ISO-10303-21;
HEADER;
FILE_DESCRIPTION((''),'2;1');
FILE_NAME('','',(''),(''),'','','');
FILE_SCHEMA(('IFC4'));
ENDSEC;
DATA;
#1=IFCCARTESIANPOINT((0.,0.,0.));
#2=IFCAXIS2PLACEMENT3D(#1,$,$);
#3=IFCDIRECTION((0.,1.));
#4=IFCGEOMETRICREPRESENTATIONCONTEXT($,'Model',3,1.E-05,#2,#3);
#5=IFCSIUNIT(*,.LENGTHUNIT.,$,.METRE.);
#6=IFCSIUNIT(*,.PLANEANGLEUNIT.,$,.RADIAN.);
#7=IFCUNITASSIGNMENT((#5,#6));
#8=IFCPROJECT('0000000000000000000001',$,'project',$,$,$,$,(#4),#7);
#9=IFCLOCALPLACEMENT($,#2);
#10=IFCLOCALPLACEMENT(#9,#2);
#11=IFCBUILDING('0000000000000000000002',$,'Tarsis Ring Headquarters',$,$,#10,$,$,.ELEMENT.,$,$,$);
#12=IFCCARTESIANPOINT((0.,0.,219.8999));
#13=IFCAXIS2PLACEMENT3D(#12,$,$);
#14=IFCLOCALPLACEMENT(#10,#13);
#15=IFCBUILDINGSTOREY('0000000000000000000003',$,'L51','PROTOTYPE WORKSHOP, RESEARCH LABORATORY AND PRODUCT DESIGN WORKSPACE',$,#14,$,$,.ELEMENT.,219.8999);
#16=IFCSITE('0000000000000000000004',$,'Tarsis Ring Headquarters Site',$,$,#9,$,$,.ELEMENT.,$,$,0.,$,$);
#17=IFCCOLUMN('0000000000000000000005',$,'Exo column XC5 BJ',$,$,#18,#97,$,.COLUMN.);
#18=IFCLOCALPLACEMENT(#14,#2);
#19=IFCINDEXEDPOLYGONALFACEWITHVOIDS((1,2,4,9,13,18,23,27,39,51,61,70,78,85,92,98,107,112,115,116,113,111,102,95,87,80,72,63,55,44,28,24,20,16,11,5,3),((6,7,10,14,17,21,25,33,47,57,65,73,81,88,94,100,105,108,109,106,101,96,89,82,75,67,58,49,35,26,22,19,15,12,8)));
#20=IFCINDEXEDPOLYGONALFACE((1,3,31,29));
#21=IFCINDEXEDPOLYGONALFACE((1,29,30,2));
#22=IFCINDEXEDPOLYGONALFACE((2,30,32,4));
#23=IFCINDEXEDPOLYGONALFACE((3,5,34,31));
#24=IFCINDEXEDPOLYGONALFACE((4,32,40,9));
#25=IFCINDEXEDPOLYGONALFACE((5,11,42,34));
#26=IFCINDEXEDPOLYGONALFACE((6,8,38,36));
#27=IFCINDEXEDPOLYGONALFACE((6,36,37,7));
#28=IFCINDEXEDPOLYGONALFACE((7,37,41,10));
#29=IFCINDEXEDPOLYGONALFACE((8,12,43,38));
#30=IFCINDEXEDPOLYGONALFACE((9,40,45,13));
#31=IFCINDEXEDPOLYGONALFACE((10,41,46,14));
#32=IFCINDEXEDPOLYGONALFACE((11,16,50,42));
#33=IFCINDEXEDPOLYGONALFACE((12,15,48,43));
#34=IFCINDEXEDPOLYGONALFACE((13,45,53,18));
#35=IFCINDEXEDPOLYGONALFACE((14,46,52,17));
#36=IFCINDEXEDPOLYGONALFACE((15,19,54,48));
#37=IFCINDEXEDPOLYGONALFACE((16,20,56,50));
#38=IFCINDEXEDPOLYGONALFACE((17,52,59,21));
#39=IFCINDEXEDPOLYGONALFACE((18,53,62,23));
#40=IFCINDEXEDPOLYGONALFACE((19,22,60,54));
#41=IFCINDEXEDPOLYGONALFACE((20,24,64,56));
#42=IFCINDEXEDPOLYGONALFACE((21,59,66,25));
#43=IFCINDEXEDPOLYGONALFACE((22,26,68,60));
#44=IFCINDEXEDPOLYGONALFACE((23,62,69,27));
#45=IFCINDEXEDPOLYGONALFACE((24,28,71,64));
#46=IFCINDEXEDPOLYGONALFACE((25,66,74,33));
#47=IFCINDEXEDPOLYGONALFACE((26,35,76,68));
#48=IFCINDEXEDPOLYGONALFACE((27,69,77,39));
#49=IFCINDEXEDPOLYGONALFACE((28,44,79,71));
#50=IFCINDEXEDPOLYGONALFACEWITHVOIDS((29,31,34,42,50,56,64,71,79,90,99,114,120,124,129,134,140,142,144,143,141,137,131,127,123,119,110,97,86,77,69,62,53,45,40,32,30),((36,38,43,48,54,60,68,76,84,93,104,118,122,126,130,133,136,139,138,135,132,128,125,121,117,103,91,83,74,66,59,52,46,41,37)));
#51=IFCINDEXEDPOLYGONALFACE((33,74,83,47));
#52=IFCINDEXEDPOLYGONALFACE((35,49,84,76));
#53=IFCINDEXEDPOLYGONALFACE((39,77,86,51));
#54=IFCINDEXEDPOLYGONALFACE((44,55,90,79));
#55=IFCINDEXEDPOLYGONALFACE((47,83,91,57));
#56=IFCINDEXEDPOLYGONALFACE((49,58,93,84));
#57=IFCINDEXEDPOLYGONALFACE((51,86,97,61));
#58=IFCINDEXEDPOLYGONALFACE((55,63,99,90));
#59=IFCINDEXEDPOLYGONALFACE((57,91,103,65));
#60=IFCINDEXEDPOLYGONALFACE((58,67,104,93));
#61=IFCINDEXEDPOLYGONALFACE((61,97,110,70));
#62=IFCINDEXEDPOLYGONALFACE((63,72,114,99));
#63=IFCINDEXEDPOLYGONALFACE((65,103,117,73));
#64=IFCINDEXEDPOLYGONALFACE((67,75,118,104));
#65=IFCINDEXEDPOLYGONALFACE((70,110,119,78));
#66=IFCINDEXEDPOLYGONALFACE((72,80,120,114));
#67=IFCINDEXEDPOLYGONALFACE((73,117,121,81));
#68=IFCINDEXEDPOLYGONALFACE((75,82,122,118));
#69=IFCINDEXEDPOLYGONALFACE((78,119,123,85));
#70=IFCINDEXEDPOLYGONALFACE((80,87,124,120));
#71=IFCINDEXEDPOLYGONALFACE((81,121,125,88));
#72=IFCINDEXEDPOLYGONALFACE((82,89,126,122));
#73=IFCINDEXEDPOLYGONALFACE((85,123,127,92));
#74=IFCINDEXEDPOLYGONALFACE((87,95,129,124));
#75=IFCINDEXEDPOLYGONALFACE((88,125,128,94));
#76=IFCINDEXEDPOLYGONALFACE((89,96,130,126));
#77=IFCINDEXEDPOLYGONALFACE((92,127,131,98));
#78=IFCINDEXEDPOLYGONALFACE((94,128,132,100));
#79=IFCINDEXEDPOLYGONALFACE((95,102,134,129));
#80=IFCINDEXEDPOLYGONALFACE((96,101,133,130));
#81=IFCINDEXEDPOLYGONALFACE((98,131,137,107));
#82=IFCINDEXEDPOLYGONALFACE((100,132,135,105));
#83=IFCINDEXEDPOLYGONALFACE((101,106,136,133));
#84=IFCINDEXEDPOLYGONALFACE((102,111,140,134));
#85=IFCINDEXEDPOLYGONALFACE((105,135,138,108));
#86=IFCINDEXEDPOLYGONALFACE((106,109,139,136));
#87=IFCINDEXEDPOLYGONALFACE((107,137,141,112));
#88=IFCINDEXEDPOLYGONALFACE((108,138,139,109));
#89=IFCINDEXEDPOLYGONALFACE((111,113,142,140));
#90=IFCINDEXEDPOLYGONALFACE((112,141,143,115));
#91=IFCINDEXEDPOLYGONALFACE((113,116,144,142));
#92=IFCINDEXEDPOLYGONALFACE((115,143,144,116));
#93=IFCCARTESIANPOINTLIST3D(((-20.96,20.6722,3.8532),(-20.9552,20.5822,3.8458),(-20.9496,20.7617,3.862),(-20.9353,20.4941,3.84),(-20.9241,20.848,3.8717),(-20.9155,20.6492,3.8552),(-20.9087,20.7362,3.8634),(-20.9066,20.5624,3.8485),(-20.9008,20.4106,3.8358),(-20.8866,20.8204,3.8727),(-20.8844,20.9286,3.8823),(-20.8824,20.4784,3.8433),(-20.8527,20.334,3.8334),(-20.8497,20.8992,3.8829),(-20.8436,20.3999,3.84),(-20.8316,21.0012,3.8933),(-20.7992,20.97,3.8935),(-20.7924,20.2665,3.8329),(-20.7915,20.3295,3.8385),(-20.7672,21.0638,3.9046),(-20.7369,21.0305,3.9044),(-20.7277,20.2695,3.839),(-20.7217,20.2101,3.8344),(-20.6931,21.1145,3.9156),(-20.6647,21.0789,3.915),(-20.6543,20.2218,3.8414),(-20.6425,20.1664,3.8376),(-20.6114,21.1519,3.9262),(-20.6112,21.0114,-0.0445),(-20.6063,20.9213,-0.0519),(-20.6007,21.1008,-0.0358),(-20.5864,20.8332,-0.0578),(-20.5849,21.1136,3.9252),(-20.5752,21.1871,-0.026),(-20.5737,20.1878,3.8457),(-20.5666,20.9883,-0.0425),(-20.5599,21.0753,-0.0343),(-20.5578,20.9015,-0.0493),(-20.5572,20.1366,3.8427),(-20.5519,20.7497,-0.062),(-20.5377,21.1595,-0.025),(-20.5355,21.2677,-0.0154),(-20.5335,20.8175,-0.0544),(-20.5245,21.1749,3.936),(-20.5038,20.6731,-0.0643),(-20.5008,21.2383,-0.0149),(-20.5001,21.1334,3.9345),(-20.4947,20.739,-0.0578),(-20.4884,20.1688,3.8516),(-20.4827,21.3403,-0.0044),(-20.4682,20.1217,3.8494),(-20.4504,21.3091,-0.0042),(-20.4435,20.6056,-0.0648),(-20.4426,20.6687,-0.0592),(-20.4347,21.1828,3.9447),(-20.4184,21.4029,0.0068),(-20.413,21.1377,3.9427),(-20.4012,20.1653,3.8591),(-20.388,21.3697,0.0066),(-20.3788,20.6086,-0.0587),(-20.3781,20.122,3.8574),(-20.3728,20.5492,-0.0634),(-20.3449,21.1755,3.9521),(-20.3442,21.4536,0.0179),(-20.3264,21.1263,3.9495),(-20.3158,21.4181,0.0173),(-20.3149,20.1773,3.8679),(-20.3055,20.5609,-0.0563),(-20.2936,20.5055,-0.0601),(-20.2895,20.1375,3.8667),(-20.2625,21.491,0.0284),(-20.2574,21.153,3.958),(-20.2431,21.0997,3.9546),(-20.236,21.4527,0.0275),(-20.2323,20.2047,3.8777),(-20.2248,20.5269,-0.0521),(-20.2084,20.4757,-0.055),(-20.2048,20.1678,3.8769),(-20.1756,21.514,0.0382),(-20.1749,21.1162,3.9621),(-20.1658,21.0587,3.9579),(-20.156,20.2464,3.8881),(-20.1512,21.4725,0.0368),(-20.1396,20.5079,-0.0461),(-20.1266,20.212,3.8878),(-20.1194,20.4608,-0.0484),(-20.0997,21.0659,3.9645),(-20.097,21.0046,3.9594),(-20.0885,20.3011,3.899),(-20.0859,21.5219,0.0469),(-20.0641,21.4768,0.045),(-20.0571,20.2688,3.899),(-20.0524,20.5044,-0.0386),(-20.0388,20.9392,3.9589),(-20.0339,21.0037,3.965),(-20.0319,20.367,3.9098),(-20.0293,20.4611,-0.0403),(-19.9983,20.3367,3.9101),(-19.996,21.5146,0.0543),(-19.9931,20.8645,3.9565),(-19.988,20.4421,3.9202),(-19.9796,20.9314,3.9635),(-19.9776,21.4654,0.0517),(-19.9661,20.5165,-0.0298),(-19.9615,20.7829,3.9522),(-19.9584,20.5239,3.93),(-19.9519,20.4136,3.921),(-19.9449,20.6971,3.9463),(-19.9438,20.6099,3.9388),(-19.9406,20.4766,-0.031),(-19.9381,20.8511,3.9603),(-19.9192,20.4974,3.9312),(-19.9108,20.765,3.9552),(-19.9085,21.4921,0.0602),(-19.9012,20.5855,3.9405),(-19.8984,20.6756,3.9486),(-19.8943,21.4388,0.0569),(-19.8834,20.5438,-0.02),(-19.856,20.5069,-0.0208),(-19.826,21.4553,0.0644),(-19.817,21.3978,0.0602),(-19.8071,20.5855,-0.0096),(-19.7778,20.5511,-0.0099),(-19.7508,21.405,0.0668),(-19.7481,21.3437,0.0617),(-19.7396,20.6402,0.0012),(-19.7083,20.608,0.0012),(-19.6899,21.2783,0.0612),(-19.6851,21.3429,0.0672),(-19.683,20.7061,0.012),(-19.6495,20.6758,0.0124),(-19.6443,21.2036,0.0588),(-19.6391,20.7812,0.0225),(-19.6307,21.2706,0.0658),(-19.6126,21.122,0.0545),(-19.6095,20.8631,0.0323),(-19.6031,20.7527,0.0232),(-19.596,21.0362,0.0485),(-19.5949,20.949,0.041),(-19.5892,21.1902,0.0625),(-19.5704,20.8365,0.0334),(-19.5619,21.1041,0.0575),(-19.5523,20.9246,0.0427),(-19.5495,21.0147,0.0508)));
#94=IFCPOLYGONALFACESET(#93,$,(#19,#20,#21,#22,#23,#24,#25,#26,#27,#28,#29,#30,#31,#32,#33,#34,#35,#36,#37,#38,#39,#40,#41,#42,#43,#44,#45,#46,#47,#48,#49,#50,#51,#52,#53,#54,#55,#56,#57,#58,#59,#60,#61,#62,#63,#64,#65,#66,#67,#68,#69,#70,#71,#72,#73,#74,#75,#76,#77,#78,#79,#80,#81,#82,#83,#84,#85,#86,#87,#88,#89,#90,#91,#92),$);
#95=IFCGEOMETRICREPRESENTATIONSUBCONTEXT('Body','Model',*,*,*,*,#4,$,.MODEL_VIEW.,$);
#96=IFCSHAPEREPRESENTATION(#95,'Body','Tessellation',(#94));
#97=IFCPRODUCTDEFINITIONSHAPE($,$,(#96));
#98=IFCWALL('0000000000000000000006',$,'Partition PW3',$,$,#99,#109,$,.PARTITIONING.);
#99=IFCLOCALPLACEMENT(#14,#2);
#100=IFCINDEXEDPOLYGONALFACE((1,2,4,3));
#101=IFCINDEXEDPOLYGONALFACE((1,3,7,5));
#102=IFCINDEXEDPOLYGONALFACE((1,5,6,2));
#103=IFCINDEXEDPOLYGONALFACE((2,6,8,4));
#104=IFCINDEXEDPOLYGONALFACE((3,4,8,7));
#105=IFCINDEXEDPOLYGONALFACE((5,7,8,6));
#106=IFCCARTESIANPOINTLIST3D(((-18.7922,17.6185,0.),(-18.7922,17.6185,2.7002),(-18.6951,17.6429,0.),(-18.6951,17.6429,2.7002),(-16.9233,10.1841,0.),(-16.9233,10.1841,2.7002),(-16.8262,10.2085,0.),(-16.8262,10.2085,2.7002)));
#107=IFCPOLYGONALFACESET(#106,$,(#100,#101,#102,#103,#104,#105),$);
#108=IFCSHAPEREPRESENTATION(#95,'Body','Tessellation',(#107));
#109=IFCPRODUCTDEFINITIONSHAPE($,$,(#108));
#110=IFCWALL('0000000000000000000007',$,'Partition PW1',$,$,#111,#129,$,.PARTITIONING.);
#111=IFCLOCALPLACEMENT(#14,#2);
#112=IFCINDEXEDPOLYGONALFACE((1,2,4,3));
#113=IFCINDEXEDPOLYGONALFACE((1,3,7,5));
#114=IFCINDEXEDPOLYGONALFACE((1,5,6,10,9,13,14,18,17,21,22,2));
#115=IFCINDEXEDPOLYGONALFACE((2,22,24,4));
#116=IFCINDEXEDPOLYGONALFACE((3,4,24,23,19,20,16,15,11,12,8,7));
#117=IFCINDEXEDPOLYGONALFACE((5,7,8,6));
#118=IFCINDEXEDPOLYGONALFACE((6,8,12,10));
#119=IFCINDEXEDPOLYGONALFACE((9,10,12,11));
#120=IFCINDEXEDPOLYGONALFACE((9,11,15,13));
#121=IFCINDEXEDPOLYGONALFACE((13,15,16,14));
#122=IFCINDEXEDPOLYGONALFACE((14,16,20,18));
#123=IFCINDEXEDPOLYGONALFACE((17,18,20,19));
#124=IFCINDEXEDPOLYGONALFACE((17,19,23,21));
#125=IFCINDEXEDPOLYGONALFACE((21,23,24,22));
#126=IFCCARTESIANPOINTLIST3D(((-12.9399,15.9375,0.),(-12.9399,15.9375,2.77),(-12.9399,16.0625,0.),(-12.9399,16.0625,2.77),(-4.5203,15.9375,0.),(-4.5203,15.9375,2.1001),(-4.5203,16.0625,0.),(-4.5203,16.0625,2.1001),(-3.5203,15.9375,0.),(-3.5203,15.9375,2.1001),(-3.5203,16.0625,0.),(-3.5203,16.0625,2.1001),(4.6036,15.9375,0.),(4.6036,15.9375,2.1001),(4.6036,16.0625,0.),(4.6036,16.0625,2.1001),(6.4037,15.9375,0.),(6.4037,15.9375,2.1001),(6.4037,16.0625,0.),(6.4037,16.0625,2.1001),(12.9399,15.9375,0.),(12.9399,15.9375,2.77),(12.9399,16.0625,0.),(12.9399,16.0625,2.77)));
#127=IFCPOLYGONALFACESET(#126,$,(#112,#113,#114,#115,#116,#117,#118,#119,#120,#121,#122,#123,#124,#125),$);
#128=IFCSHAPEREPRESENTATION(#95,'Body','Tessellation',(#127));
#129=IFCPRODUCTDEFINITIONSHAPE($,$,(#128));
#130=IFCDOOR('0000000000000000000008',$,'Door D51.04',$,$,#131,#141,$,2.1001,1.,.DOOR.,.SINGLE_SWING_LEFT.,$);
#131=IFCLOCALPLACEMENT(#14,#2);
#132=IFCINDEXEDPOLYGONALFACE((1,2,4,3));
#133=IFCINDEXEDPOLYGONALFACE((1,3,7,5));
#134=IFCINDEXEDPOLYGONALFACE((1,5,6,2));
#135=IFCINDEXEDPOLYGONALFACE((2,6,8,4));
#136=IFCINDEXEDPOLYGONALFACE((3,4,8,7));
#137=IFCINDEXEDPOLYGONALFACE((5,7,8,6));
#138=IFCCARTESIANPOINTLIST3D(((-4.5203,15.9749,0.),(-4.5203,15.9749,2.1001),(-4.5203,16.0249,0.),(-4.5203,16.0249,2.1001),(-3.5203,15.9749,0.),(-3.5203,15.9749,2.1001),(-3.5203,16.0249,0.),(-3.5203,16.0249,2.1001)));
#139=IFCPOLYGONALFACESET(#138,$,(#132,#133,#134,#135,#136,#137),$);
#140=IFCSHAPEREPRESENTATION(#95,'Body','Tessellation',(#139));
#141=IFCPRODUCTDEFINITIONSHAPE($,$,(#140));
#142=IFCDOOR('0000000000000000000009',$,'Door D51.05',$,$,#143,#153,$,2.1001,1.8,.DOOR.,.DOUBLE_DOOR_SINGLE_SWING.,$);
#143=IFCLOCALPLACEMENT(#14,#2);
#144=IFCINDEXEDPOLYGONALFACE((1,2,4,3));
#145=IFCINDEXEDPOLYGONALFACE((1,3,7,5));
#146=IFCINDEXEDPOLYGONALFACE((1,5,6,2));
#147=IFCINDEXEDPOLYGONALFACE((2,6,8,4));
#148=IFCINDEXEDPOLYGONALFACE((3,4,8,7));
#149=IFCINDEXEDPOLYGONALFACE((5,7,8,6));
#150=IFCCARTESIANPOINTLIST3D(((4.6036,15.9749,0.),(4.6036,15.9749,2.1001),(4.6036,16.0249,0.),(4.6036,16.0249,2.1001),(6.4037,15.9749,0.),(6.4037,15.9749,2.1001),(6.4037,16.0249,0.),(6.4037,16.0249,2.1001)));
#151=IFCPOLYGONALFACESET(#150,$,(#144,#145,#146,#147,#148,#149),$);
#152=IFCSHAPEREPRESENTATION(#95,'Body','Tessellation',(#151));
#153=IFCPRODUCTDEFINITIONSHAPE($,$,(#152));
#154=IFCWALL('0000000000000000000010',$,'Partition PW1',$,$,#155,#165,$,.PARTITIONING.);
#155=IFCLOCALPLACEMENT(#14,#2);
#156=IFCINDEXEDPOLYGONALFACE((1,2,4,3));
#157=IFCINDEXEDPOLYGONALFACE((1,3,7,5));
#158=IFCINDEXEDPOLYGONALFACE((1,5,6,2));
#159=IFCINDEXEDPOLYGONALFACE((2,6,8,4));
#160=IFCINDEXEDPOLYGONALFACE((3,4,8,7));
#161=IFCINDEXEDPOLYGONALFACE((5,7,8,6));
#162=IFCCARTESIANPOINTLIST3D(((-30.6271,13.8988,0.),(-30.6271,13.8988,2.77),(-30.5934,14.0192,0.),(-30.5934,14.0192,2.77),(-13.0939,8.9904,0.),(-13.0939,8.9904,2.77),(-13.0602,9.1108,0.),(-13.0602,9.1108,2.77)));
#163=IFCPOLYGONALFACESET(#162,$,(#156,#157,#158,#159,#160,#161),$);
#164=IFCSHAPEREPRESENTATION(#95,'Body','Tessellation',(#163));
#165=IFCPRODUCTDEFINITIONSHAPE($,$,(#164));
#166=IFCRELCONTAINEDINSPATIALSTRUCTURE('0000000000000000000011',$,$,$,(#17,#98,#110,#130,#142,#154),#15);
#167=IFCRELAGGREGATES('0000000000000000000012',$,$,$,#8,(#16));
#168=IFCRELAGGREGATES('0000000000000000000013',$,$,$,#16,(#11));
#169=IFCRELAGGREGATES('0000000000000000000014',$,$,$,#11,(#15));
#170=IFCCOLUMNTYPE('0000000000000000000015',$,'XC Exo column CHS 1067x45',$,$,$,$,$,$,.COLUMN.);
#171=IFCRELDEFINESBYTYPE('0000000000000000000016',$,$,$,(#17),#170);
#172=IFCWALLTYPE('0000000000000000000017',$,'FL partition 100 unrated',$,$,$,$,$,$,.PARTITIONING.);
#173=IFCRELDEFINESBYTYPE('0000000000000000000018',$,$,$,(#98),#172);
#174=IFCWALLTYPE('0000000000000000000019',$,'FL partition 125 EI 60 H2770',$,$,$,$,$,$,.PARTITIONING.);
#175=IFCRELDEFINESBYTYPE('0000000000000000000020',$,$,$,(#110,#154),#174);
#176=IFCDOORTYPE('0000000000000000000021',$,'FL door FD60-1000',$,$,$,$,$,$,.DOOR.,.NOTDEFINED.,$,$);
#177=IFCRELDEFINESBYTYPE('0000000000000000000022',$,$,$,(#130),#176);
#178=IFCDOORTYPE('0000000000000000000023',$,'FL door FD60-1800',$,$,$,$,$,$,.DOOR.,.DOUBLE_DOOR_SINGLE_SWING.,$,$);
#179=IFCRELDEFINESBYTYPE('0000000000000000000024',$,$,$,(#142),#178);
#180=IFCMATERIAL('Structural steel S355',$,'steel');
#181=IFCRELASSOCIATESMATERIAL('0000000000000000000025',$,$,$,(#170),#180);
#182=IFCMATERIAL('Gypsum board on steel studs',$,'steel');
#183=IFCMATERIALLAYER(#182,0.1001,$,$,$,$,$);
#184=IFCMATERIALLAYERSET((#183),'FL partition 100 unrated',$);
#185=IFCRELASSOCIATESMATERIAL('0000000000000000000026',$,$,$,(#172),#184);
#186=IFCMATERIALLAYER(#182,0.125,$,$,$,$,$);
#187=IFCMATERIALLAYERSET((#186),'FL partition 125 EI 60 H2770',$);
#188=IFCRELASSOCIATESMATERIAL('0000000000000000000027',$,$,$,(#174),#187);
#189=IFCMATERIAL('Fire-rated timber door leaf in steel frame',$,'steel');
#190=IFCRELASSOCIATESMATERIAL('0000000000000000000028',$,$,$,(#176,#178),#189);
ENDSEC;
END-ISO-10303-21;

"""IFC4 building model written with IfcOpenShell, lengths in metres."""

from ifc_helpers import new_model, si_unit, direction, frame, frame_2d, origin, origin_2d, place, context, subcontext, project, spatial, rectangle, hollow_circle, extrude, material, layer, layer_set, material_profile, profile_set, type_object, element, fill, save


model = new_model("IFC4")

# Units and contexts
model_context = context("Model", 3, precision=1e-05, world=origin(), true_north=direction((0.0, 1.0)))
body_context = subcontext(model_context, "Body", "Model", "MODEL_VIEW")
ifc_project = project(units=[si_unit("LENGTHUNIT", "METRE"), si_unit("PLANEANGLEUNIT", "RADIAN")], contexts=[model_context])

# Site, building, storey
site_placement = place(None, origin())
site = spatial("IfcSite", under=ifc_project, at=site_placement, Name="Tarsis Ring Headquarters Site", CompositionType="ELEMENT", RefElevation=0.0)
building_placement = place(site_placement, origin())
building = spatial("IfcBuilding", under=site, at=building_placement, Name="Tarsis Ring Headquarters", CompositionType="ELEMENT")
storey_placement = place(building_placement, frame((0.0, 0.0, 219.8999)))
storey = spatial("IfcBuildingStorey", under=building, at=storey_placement, Name="L51", Description="PROTOTYPE WORKSHOP, RESEARCH LABORATORY AND PRODUCT DESIGN WORKSPACE", CompositionType="ELEMENT", Elevation=219.8999)

# Column
ifc_material_1 = material(Name="Structural steel S355", Category="steel")
ifc_material_profile = material_profile(ifc_material_1, hollow_circle(Radius=0.5334, WallThickness=0.0449, at=origin_2d()), Name="CHS 1067x45")
ifc_profile_set = profile_set([ifc_material_profile], Name="Structural steel S355")
column_type = type_object("IfcColumnType", Name="XC Exo column CHS 1067x45", PredefinedType="COLUMN", material=ifc_profile_set)
column_placement = place(storey_placement, frame((-20.0801, 20.9905, 0.0012), z_axis=(-0.088819, -0.086333, 0.992299), x_axis=(0.697, -0.717072, 0.0)))
element("IfcColumn", 1, at=column_placement, inside=storey, type_object=column_type, Name="Exo column XC5 BJ", PredefinedType="COLUMN", context=body_context, shape_type="SweptSolid", body=[
    extrude(hollow_circle(Radius=0.5334, WallThickness=0.0449, at=origin_2d()), origin(), (0.0, 0.0, 1.0), 3.928),
])

# Wall
ifc_material_2 = material(Name="Gypsum board on steel studs", Category="steel")
ifc_layer_1 = layer(ifc_material_2, 0.1001)
ifc_layer_set_1 = layer_set([ifc_layer_1], Name="FL partition 100 unrated")
wall_type_1 = type_object("IfcWallType", Name="FL partition 100 unrated", PredefinedType="PARTITIONING", material=ifc_layer_set_1)
wall_1_placement = place(storey_placement, frame((-18.7437, 17.6309, 0.0), z_axis=(0.0, 0.0, 1.0), x_axis=(0.243794, -0.969827, 0.0)))
element("IfcWall", 2, at=wall_1_placement, inside=storey, type_object=wall_type_1, Name="Partition PW3", PredefinedType="PARTITIONING", context=body_context, shape_type="SweptSolid", body=[
    extrude(rectangle(XDim=7.6658, YDim=0.1001, at=frame_2d((3.833, 0.0))), origin(), (0.0, 0.0, 1.0), 2.7002),
])

# Wall, openings, doors
ifc_layer_2 = layer(ifc_material_2, 0.125)
ifc_layer_set_2 = layer_set([ifc_layer_2], Name="FL partition 125 EI 60 H2770")
wall_type_2 = type_object("IfcWallType", Name="FL partition 125 EI 60 H2770", PredefinedType="PARTITIONING", material=ifc_layer_set_2)
wall_2_placement = place(storey_placement, frame((-12.9399, 16.0, 0.0), z_axis=(0.0, 0.0, 1.0), x_axis=(1.0, 0.0, 0.0)))
wall_2 = element("IfcWall", 3, at=wall_2_placement, inside=storey, type_object=wall_type_2, Name="Partition PW1", PredefinedType="PARTITIONING", context=body_context, shape_type="SweptSolid", body=[
    extrude(rectangle(XDim=25.8799, YDim=0.125, at=frame_2d((12.9399, 0.0))), origin(), (0.0, 0.0, 1.0), 2.77),
])
opening_1_placement = place(wall_2_placement, frame((8.4197, 0.0, 0.0)))
opening_1 = element("IfcOpeningElement", 4, at=opening_1_placement, cuts=wall_2, PredefinedType="OPENING", context=body_context, shape_type="SweptSolid", body=[
    extrude(rectangle(XDim=1.0, YDim=2.1001, at=frame_2d((0.5, 1.05))), frame((0.0, 0.0725, 0.0), z_axis=(0.0, -1.0, 0.0), x_axis=(1.0, 0.0, 0.0)), (0.0, 0.0, 1.0), 0.145),
])
opening_2_placement = place(wall_2_placement, frame((17.5437, 0.0, 0.0)))
opening_2 = element("IfcOpeningElement", 5, at=opening_2_placement, cuts=wall_2, PredefinedType="OPENING", context=body_context, shape_type="SweptSolid", body=[
    extrude(rectangle(XDim=1.8, YDim=2.1001, at=frame_2d((0.8999, 1.05))), frame((0.0, 0.0725, 0.0), z_axis=(0.0, -1.0, 0.0), x_axis=(1.0, 0.0, 0.0)), (0.0, 0.0, 1.0), 0.145),
])
ifc_material_3 = material(Name="Fire-rated timber door leaf in steel frame", Category="steel")
door_type_1 = type_object("IfcDoorType", Name="FL door FD60-1000", OperationType="NOTDEFINED", PredefinedType="DOOR", material=ifc_material_3)
door_1_placement = place(opening_1_placement, origin())
door_1 = element("IfcDoor", 6, at=door_1_placement, inside=storey, type_object=door_type_1, Name="Door D51.04", OperationType="SINGLE_SWING_LEFT", OverallHeight=2.1001, OverallWidth=1.0, PredefinedType="DOOR", context=body_context, shape_type="SweptSolid", body=[
    extrude(rectangle(XDim=1.0, YDim=2.1001, at=frame_2d((0.5, 1.05))), frame((0.0, 0.0249, 0.0), z_axis=(0.0, -1.0, 0.0), x_axis=(1.0, 0.0, 0.0)), (0.0, 0.0, 1.0), 0.05),
])
fill(opening_1, door_1)
door_type_2 = type_object("IfcDoorType", Name="FL door FD60-1800", OperationType="DOUBLE_DOOR_SINGLE_SWING", PredefinedType="DOOR", material=ifc_material_3)
door_2_placement = place(opening_2_placement, origin())
door_2 = element("IfcDoor", 7, at=door_2_placement, inside=storey, type_object=door_type_2, Name="Door D51.05", OperationType="DOUBLE_DOOR_SINGLE_SWING", OverallHeight=2.1001, OverallWidth=1.8, PredefinedType="DOOR", context=body_context, shape_type="SweptSolid", body=[
    extrude(rectangle(XDim=1.8, YDim=2.1001, at=frame_2d((0.8999, 1.05))), frame((0.0, 0.0249, 0.0), z_axis=(0.0, -1.0, 0.0), x_axis=(1.0, 0.0, 0.0)), (0.0, 0.0, 1.0), 0.05),
])
fill(opening_2, door_2)

# Wall
wall_3_placement = place(storey_placement, frame((-30.6101, 13.959, 0.0), z_axis=(0.0, 0.0, 1.0), x_axis=(0.962976, -0.269587, 0.0)))
element("IfcWall", 8, at=wall_3_placement, inside=storey, type_object=wall_type_2, Name="Partition PW1", PredefinedType="PARTITIONING", context=body_context, shape_type="SweptSolid", body=[
    extrude(rectangle(XDim=18.2073, YDim=0.125, at=frame_2d((9.1035, 0.0))), origin(), (0.0, 0.0, 1.0), 2.77),
])

save(model, "model.ifc")
